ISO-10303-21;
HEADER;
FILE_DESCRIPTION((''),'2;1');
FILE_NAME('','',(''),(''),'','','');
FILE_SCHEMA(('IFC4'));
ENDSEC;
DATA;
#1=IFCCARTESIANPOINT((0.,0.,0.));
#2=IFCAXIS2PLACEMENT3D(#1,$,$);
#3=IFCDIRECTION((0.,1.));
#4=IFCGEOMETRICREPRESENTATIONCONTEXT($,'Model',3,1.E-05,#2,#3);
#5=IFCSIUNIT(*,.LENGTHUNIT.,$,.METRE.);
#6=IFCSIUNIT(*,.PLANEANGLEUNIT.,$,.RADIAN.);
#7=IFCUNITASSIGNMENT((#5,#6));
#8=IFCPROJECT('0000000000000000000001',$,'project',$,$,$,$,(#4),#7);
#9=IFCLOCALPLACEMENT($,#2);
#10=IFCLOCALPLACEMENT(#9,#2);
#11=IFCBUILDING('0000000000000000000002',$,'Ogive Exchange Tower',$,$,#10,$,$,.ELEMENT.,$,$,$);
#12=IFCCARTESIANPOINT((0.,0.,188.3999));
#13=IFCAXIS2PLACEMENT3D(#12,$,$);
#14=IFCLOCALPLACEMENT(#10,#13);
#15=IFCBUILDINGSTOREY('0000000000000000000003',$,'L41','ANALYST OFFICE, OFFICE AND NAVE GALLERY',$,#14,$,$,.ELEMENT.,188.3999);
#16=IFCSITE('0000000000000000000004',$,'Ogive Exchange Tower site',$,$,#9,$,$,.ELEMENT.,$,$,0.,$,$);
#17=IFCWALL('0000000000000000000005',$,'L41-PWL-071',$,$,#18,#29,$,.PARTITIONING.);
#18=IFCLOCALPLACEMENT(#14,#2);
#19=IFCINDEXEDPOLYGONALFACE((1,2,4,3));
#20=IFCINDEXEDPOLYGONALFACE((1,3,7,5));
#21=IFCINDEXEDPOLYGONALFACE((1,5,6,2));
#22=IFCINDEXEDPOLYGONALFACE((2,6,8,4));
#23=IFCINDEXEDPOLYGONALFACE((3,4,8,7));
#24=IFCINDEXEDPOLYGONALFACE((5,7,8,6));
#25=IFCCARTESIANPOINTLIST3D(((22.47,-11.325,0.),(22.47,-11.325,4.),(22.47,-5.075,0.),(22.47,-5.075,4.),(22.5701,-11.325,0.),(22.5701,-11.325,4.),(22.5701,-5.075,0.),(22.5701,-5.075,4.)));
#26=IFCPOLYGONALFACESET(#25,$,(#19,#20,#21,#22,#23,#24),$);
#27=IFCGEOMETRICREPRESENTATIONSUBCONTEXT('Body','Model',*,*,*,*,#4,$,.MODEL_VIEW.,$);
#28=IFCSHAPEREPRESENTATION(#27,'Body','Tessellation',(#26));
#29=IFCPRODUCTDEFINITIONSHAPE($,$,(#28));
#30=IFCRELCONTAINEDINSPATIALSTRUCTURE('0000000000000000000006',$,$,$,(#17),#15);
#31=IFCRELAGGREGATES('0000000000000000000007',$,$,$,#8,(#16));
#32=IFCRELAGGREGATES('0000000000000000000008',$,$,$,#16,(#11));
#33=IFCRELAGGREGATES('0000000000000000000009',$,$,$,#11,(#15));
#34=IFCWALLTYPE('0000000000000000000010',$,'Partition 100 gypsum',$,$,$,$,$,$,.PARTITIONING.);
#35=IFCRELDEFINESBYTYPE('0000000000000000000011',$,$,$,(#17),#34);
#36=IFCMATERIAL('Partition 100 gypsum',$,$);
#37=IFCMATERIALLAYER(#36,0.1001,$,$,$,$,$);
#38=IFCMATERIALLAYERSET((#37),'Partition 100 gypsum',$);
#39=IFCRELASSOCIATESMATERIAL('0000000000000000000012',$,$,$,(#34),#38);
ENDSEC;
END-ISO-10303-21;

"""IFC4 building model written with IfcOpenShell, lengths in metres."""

from ifc_helpers import new_model, si_unit, direction, frame, frame_2d, origin, place, context, subcontext, project, spatial, rectangle, extrude, material, layer, layer_set, type_object, element, save


model = new_model("IFC4")

# Units and contexts
model_context = context("Model", 3, precision=1e-05, world=origin(), true_north=direction((0.0, 1.0)))
body_context = subcontext(model_context, "Body", "Model", "MODEL_VIEW")
ifc_project = project(units=[si_unit("LENGTHUNIT", "METRE"), si_unit("PLANEANGLEUNIT", "RADIAN")], contexts=[model_context])

# Site, building, storey
site_placement = place(None, origin())
site = spatial("IfcSite", under=ifc_project, at=site_placement, Name="Ogive Exchange Tower site", CompositionType="ELEMENT", RefElevation=0.0)
building_placement = place(site_placement, origin())
building = spatial("IfcBuilding", under=site, at=building_placement, Name="Ogive Exchange Tower", CompositionType="ELEMENT")
storey_placement = place(building_placement, frame((0.0, 0.0, 188.3999)))
storey = spatial("IfcBuildingStorey", under=building, at=storey_placement, Name="L41", Description="ANALYST OFFICE, OFFICE AND NAVE GALLERY", CompositionType="ELEMENT", Elevation=188.3999)

# Wall
ifc_material_1 = material(Name="Partition 100 gypsum")
ifc_layer_1 = layer(ifc_material_1, 0.1001)
ifc_layer_set_1 = layer_set([ifc_layer_1], Name="Partition 100 gypsum")
wall_type_1 = type_object("IfcWallType", Name="Partition 100 gypsum", PredefinedType="PARTITIONING", material=ifc_layer_set_1)
wall_1_placement = place(storey_placement, frame((22.52, -5.075, 0.0), z_axis=(0.0, 0.0, 1.0), x_axis=(0.0, -1.0, 0.0)))
element("IfcWall", 1, at=wall_1_placement, inside=storey, type_object=wall_type_1, Name="L41-PWL-071", PredefinedType="PARTITIONING", context=body_context, shape_type="SweptSolid", body=[
    extrude(rectangle(XDim=6.25, YDim=0.1001, at=frame_2d((3.125, 0.0))), origin(), (0.0, 0.0, 1.0), 4.0),
])

save(model, "model.ifc")
